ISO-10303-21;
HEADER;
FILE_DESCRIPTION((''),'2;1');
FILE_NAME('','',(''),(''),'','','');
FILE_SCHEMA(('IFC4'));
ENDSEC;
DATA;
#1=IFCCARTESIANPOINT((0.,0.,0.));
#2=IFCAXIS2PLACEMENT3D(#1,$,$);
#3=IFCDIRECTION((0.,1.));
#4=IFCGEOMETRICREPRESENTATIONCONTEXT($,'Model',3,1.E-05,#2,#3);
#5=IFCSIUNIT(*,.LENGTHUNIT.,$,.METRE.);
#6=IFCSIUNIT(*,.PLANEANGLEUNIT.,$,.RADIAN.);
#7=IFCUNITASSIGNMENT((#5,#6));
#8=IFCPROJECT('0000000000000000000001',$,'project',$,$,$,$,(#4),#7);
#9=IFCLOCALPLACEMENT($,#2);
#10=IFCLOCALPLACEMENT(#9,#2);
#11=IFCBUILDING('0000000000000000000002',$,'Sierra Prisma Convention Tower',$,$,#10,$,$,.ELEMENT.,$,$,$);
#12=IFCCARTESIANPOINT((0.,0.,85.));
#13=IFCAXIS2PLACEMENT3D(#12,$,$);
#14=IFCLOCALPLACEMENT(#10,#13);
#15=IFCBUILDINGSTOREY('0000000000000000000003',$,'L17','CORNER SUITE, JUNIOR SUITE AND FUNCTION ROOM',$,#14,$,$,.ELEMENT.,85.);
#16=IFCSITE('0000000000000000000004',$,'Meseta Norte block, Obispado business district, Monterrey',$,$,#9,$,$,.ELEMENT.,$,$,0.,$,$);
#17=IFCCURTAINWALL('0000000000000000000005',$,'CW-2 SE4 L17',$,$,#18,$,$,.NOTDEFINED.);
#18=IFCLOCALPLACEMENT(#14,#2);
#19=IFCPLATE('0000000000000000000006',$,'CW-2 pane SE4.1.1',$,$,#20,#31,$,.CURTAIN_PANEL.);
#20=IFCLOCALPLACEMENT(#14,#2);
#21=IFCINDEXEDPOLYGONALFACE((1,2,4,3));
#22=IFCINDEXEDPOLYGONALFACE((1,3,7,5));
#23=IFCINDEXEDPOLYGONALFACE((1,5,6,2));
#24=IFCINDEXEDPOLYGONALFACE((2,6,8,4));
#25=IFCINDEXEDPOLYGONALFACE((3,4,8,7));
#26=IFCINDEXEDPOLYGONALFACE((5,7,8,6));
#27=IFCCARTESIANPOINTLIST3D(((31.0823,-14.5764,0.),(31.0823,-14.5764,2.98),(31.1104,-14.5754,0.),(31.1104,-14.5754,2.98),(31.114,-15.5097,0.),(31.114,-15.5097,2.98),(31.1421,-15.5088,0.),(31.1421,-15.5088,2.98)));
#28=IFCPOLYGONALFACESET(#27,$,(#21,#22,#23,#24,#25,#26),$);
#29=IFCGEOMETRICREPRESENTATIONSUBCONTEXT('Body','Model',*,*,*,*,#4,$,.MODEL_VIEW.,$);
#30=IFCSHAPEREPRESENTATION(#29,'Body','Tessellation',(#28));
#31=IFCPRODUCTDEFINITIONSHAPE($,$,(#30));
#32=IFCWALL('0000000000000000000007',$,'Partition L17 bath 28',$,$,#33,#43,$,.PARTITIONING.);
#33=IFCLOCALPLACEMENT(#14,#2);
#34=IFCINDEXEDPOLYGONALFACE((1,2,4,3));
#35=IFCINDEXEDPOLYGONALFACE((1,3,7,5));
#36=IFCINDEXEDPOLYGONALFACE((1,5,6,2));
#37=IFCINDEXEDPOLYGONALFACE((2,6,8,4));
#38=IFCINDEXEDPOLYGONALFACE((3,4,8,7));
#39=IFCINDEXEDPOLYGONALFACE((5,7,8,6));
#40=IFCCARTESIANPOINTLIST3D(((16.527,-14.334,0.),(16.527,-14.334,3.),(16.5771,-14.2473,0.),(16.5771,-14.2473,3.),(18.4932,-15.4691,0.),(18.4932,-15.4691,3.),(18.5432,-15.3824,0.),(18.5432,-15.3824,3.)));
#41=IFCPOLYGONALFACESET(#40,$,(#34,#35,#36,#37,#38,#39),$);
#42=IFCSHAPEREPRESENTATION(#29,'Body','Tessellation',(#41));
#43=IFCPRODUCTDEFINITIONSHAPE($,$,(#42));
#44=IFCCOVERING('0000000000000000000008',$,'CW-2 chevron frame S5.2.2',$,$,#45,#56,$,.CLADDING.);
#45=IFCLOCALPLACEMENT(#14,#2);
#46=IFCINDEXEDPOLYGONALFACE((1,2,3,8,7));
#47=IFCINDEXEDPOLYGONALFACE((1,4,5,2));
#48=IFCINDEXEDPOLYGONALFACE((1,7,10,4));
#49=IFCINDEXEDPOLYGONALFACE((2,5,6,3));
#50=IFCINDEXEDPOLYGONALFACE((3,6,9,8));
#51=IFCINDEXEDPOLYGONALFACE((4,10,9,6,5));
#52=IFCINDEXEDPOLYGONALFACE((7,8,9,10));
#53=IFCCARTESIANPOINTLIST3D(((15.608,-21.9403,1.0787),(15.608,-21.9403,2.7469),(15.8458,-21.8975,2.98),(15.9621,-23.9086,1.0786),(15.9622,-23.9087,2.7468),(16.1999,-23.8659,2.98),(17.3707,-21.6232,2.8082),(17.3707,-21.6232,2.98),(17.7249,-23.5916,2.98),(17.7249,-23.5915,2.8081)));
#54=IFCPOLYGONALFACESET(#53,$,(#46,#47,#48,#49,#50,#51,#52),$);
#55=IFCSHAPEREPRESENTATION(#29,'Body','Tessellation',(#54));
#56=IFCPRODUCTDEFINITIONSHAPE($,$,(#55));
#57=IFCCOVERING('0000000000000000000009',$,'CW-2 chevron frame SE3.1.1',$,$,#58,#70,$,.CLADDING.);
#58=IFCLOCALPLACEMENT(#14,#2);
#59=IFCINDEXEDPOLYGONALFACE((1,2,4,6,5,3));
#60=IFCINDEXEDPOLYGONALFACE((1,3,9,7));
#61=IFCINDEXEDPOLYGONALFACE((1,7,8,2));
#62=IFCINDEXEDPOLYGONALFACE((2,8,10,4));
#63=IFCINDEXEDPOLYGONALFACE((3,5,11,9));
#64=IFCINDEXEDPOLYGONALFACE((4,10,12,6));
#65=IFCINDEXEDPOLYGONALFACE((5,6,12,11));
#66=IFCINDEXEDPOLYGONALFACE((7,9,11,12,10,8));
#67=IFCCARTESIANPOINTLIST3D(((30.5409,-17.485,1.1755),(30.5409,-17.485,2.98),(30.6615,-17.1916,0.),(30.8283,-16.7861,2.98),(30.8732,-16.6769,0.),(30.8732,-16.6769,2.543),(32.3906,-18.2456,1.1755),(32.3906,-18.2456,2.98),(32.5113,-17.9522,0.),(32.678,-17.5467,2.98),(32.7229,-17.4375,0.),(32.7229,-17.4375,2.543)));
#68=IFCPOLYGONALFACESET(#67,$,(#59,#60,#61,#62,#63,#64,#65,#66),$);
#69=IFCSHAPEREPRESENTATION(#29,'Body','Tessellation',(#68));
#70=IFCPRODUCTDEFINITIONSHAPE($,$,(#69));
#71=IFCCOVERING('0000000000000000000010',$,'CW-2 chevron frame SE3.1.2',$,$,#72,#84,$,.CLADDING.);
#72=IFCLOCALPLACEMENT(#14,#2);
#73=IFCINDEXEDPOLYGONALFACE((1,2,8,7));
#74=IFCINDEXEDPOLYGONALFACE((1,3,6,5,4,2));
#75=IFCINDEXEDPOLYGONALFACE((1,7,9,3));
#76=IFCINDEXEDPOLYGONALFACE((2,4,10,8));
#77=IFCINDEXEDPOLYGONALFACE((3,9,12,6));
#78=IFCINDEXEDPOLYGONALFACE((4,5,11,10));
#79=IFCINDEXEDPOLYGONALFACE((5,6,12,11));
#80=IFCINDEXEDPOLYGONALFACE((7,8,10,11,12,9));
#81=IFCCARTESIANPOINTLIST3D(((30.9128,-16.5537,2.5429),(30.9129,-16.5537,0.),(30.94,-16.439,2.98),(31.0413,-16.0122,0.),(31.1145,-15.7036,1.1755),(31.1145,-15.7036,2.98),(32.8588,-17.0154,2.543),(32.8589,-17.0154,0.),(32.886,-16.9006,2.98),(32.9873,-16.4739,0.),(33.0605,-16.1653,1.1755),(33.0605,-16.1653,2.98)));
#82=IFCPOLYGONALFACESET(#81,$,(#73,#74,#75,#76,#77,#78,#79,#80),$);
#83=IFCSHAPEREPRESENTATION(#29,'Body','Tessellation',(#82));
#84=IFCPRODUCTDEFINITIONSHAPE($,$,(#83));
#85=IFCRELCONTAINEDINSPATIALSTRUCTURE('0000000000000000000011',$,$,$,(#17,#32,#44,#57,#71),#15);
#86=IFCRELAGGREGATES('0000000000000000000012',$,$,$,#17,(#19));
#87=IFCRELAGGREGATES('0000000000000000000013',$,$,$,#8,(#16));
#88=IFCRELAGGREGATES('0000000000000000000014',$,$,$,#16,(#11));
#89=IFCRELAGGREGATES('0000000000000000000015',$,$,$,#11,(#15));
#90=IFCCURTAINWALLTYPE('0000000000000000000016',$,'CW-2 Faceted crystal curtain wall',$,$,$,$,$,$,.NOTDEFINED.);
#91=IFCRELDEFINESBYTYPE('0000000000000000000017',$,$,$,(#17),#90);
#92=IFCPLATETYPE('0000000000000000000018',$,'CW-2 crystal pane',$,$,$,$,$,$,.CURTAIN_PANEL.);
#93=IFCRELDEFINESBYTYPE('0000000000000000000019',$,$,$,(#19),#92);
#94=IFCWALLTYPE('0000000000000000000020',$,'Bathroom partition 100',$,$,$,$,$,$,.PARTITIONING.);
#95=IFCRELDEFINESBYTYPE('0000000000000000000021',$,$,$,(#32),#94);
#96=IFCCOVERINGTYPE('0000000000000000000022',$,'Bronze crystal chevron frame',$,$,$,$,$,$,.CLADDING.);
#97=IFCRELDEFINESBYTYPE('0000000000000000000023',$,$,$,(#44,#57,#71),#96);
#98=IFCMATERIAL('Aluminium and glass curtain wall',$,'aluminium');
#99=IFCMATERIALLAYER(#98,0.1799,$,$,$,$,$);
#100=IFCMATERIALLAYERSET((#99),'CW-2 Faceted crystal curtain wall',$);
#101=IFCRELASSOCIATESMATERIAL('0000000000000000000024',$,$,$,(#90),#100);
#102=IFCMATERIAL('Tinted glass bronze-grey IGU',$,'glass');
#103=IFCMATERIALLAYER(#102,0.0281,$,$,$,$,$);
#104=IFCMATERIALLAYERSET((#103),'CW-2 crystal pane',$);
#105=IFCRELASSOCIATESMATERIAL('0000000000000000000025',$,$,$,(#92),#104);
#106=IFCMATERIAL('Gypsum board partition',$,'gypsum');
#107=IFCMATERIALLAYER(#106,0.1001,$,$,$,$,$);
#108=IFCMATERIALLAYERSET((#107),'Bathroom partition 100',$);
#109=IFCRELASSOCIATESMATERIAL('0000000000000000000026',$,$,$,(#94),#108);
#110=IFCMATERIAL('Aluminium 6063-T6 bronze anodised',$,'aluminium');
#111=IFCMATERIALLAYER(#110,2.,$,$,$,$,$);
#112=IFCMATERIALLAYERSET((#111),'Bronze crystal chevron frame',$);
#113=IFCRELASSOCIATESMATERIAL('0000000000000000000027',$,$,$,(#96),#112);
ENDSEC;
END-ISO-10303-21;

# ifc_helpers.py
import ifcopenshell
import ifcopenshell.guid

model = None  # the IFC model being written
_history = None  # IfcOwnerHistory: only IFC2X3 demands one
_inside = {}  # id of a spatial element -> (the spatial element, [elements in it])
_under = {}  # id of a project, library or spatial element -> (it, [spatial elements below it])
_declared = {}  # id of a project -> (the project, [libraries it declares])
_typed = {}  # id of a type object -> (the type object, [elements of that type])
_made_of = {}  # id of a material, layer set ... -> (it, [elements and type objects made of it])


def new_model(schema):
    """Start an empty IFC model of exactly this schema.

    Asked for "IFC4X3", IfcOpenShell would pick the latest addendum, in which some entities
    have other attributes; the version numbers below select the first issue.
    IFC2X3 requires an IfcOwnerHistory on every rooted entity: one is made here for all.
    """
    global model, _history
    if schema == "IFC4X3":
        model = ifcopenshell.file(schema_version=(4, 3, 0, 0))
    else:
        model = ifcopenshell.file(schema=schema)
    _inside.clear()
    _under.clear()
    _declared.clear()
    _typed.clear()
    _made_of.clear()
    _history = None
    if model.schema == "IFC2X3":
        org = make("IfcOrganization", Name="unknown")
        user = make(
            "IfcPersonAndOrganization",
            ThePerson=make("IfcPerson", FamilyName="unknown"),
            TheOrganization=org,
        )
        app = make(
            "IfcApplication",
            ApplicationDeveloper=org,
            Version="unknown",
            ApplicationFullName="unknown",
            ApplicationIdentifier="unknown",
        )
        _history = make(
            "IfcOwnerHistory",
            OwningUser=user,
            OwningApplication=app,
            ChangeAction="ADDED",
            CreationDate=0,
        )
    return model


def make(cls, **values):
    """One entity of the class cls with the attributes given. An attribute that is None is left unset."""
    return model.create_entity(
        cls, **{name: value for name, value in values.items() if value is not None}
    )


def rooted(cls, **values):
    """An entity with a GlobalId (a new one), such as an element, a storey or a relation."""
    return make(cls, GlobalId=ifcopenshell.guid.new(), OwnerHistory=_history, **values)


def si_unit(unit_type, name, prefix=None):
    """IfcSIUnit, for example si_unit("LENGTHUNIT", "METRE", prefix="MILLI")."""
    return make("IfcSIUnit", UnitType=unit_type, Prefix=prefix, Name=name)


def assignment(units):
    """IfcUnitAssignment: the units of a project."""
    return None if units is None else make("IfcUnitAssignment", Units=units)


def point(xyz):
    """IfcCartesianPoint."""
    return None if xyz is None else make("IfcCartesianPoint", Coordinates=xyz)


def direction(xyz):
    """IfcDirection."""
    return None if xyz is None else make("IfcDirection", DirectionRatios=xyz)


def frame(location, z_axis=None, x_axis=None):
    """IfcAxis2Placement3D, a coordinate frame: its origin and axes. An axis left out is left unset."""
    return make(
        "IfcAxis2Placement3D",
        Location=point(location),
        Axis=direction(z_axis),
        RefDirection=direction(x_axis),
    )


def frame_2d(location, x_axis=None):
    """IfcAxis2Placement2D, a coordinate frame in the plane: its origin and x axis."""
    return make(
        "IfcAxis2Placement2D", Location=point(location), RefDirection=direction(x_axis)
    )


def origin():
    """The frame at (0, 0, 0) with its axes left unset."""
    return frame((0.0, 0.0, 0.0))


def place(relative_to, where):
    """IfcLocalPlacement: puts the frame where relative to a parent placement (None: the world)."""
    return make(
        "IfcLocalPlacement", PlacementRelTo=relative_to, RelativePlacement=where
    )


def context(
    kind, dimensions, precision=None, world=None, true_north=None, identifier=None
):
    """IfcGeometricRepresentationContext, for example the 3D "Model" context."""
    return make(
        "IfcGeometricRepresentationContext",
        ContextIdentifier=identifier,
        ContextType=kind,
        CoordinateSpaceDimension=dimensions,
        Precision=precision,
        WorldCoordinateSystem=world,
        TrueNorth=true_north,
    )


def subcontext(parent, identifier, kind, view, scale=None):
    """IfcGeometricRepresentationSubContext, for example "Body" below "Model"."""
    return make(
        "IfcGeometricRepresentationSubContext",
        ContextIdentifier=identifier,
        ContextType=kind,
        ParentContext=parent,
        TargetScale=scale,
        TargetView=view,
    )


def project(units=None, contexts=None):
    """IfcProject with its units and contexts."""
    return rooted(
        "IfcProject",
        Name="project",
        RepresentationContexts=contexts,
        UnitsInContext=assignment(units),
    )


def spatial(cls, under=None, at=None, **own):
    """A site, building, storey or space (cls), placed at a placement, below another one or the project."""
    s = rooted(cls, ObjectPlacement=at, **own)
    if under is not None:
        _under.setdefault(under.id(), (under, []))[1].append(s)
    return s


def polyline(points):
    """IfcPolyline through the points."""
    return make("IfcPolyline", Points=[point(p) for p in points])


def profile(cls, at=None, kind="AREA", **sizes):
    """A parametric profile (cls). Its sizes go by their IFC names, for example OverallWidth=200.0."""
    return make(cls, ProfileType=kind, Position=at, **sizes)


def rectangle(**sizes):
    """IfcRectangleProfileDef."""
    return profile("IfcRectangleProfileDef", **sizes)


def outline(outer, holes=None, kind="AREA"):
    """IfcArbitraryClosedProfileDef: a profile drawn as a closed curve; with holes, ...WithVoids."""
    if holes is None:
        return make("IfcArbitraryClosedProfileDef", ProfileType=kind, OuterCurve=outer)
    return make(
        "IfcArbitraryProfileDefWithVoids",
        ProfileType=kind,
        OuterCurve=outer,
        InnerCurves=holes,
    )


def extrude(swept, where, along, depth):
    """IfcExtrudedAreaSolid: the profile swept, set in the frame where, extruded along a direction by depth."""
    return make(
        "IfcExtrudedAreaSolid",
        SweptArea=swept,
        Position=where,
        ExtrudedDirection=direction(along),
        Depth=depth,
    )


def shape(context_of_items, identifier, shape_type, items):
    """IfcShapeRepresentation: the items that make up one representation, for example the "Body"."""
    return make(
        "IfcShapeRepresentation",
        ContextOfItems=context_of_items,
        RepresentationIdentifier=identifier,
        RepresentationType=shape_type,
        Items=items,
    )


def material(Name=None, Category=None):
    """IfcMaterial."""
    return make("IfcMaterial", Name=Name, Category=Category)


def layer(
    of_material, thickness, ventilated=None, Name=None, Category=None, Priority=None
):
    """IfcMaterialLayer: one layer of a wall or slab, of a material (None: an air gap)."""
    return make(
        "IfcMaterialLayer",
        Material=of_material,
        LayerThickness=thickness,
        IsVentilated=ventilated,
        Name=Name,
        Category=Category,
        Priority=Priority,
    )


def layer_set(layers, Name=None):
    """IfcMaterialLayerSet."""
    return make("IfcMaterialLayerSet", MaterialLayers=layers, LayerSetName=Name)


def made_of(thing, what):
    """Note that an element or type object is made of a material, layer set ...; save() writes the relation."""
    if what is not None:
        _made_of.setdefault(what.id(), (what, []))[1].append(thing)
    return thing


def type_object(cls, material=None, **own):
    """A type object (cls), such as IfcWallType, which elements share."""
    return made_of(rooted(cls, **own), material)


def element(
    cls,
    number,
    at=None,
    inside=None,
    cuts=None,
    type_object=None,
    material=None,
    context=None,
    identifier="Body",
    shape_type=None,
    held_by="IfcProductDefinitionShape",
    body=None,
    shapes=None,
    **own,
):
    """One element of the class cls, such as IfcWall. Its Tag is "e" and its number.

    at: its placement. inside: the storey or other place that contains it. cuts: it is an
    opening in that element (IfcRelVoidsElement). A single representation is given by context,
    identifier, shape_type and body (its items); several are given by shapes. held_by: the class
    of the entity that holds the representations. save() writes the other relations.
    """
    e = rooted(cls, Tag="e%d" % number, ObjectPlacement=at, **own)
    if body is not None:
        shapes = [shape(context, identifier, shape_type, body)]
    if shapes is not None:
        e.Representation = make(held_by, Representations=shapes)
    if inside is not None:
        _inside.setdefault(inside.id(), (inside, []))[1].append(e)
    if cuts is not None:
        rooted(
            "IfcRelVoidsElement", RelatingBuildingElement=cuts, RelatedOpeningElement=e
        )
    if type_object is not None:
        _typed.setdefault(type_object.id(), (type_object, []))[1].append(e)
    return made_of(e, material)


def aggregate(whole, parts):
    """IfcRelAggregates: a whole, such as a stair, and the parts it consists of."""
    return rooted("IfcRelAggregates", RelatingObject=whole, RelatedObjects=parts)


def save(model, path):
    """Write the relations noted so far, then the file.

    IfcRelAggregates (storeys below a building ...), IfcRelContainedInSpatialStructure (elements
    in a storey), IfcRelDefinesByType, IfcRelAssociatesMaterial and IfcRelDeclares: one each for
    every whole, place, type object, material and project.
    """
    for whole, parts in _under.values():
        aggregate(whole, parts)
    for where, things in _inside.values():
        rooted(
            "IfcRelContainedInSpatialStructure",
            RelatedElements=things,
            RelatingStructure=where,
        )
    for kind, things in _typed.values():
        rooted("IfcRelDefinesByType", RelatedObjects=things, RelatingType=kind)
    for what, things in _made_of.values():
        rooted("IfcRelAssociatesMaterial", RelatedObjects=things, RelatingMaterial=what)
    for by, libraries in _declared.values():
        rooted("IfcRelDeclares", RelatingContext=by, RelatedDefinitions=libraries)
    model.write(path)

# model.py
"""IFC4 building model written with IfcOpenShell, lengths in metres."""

from ifc_helpers import new_model, si_unit, direction, frame, frame_2d, origin, place, context, subcontext, project, spatial, polyline, rectangle, outline, extrude, material, layer, layer_set, type_object, element, aggregate, save


model = new_model("IFC4")

# Units and contexts
model_context = context("Model", 3, precision=1e-05, world=origin(), true_north=direction((0.0, 1.0)))
body_context = subcontext(model_context, "Body", "Model", "MODEL_VIEW")
ifc_project = project(units=[si_unit("LENGTHUNIT", "METRE"), si_unit("PLANEANGLEUNIT", "RADIAN")], contexts=[model_context])

# Site, building, storey
site_placement = place(None, origin())
site = spatial("IfcSite", under=ifc_project, at=site_placement, Name="Meseta Norte block, Obispado business district, Monterrey", CompositionType="ELEMENT", RefElevation=0.0)
building_placement = place(site_placement, origin())
building = spatial("IfcBuilding", under=site, at=building_placement, Name="Sierra Prisma Convention Tower", CompositionType="ELEMENT")
storey_placement = place(building_placement, frame((0.0, 0.0, 85.0)))
storey = spatial("IfcBuildingStorey", under=building, at=storey_placement, Name="L17", Description="CORNER SUITE, JUNIOR SUITE AND FUNCTION ROOM", CompositionType="ELEMENT", Elevation=85.0)

# Shared definitions
ifc_material_1 = material(Name="Aluminium and glass curtain wall", Category="aluminium")
ifc_layer_1 = layer(ifc_material_1, 0.1799)
ifc_layer_set_1 = layer_set([ifc_layer_1], Name="CW-2 Faceted crystal curtain wall")
curtain_wall_type_1 = type_object("IfcCurtainWallType", Name="CW-2 Faceted crystal curtain wall", PredefinedType="NOTDEFINED", material=ifc_layer_set_1)

# Curtain wall
curtain_wall_1_placement = place(storey_placement, origin())
curtain_wall_1 = element("IfcCurtainWall", 1, at=curtain_wall_1_placement, inside=storey, type_object=curtain_wall_type_1, Name="CW-2 SE4 L17", PredefinedType="NOTDEFINED")

# Plate
ifc_material_2 = material(Name="Tinted glass bronze-grey IGU", Category="glass")
ifc_layer_2 = layer(ifc_material_2, 0.0281)
ifc_layer_set_2 = layer_set([ifc_layer_2], Name="CW-2 crystal pane")
plate_type_1 = type_object("IfcPlateType", Name="CW-2 crystal pane", PredefinedType="CURTAIN_PANEL", material=ifc_layer_set_2)
plate_1_placement = place(storey_placement, frame((31.1421, -15.5088, 0.0), z_axis=(0.999422, 0.033985, 0.0), x_axis=(-0.033985, 0.999422, 0.0)))
plate_1 = element("IfcPlate", 2, at=plate_1_placement, type_object=plate_type_1, Name="CW-2 pane SE4.1.1", PredefinedType="CURTAIN_PANEL", context=body_context, shape_type="SweptSolid", body=[
    extrude(outline(polyline([(0.0, 0.0), (0.9339, 0.0), (0.9339, 2.98), (0.0, 2.98), (0.0, 0.0)])), origin(), (0.0, 0.0, -1.0), 0.0281),
])
aggregate(curtain_wall_1, [plate_1])

# Wall
ifc_material_3 = material(Name="Gypsum board partition", Category="gypsum")
ifc_layer_3 = layer(ifc_material_3, 0.1001)
ifc_layer_set_3 = layer_set([ifc_layer_3], Name="Bathroom partition 100")
wall_type = type_object("IfcWallType", Name="Bathroom partition 100", PredefinedType="PARTITIONING", material=ifc_layer_set_3)
wall_placement = place(storey_placement, frame((18.5183, -15.4258, 0.0), z_axis=(0.0, 0.0, 1.0), x_axis=(-0.866044, 0.499968, 0.0)))
element("IfcWall", 3, at=wall_placement, inside=storey, type_object=wall_type, Name="Partition L17 bath 28", PredefinedType="PARTITIONING", context=body_context, shape_type="SweptSolid", body=[
    extrude(rectangle(XDim=2.2703, YDim=0.1001, at=frame_2d((1.1353, 0.0))), origin(), (0.0, 0.0, 1.0), 3.0),
])

# Coverings
ifc_material_4 = material(Name="Aluminium 6063-T6 bronze anodised", Category="aluminium")
ifc_layer_4 = layer(ifc_material_4, 2.0)
ifc_layer_set_4 = layer_set([ifc_layer_4], Name="Bronze crystal chevron frame")
covering_type = type_object("IfcCoveringType", Name="Bronze crystal chevron frame", PredefinedType="CLADDING", material=ifc_layer_set_4)
covering_1_placement = place(storey_placement, frame((17.7249, -23.5916, 2.98), z_axis=(0.177077, -0.984197, -0.000028), x_axis=(-0.984197, -0.177077, 0.0)))
element("IfcCovering", 4, at=covering_1_placement, inside=storey, type_object=covering_type, Name="CW-2 chevron frame S5.2.2", PredefinedType="CLADDING", context=body_context, shape_type="SweptSolid", body=[
    extrude(outline(polyline([(0.0, 0.0), (1.5494, 0.0), (1.791, 0.2332), (1.791, 1.9014), (0.0, 0.1719), (0.0, 0.0)])), origin(), (0.0, 0.0, -1.0), 2.0),
])
covering_2_placement = place(storey_placement, frame((32.3906, -18.2456, 2.98), z_axis=(0.924866, -0.380294, -0.000001), x_axis=(-0.000001, 0.000001, -1.0)))
element("IfcCovering", 5, at=covering_2_placement, inside=storey, type_object=covering_type, Name="CW-2 chevron frame SE3.1.1", PredefinedType="CLADDING", context=body_context, shape_type="SweptSolid", body=[
    extrude(outline(polyline([(0.0, 0.0), (1.8044, 0.0), (2.98, 0.3173), (2.98, 0.8738), (0.437, 0.8738), (0.0, 0.7557), (0.0, 0.0)])), origin(), (0.0, 0.0, -1.0), 2.0),
])
covering_3_placement = place(storey_placement, frame((32.9873, -16.4739, 0.0), z_axis=(0.972997, -0.230816, 0.000015), x_axis=(0.060112, 0.25346, 0.965476)))
element("IfcCovering", 6, at=covering_3_placement, inside=storey, type_object=covering_type, Name="CW-2 chevron frame SE3.1.2", PredefinedType="CLADDING", context=body_context, shape_type="SweptSolid", body=[
    extrude(outline(polyline([(0.0, 0.0), (1.2176, 0.0), (2.9597, 0.47), (2.7628, 1.1997), (2.3102, 1.1997), (-0.145, 0.5373), (0.0, 0.0)])), origin(), (0.0, 0.0, -1.0), 2.0),
])

save(model, "model.ifc")
